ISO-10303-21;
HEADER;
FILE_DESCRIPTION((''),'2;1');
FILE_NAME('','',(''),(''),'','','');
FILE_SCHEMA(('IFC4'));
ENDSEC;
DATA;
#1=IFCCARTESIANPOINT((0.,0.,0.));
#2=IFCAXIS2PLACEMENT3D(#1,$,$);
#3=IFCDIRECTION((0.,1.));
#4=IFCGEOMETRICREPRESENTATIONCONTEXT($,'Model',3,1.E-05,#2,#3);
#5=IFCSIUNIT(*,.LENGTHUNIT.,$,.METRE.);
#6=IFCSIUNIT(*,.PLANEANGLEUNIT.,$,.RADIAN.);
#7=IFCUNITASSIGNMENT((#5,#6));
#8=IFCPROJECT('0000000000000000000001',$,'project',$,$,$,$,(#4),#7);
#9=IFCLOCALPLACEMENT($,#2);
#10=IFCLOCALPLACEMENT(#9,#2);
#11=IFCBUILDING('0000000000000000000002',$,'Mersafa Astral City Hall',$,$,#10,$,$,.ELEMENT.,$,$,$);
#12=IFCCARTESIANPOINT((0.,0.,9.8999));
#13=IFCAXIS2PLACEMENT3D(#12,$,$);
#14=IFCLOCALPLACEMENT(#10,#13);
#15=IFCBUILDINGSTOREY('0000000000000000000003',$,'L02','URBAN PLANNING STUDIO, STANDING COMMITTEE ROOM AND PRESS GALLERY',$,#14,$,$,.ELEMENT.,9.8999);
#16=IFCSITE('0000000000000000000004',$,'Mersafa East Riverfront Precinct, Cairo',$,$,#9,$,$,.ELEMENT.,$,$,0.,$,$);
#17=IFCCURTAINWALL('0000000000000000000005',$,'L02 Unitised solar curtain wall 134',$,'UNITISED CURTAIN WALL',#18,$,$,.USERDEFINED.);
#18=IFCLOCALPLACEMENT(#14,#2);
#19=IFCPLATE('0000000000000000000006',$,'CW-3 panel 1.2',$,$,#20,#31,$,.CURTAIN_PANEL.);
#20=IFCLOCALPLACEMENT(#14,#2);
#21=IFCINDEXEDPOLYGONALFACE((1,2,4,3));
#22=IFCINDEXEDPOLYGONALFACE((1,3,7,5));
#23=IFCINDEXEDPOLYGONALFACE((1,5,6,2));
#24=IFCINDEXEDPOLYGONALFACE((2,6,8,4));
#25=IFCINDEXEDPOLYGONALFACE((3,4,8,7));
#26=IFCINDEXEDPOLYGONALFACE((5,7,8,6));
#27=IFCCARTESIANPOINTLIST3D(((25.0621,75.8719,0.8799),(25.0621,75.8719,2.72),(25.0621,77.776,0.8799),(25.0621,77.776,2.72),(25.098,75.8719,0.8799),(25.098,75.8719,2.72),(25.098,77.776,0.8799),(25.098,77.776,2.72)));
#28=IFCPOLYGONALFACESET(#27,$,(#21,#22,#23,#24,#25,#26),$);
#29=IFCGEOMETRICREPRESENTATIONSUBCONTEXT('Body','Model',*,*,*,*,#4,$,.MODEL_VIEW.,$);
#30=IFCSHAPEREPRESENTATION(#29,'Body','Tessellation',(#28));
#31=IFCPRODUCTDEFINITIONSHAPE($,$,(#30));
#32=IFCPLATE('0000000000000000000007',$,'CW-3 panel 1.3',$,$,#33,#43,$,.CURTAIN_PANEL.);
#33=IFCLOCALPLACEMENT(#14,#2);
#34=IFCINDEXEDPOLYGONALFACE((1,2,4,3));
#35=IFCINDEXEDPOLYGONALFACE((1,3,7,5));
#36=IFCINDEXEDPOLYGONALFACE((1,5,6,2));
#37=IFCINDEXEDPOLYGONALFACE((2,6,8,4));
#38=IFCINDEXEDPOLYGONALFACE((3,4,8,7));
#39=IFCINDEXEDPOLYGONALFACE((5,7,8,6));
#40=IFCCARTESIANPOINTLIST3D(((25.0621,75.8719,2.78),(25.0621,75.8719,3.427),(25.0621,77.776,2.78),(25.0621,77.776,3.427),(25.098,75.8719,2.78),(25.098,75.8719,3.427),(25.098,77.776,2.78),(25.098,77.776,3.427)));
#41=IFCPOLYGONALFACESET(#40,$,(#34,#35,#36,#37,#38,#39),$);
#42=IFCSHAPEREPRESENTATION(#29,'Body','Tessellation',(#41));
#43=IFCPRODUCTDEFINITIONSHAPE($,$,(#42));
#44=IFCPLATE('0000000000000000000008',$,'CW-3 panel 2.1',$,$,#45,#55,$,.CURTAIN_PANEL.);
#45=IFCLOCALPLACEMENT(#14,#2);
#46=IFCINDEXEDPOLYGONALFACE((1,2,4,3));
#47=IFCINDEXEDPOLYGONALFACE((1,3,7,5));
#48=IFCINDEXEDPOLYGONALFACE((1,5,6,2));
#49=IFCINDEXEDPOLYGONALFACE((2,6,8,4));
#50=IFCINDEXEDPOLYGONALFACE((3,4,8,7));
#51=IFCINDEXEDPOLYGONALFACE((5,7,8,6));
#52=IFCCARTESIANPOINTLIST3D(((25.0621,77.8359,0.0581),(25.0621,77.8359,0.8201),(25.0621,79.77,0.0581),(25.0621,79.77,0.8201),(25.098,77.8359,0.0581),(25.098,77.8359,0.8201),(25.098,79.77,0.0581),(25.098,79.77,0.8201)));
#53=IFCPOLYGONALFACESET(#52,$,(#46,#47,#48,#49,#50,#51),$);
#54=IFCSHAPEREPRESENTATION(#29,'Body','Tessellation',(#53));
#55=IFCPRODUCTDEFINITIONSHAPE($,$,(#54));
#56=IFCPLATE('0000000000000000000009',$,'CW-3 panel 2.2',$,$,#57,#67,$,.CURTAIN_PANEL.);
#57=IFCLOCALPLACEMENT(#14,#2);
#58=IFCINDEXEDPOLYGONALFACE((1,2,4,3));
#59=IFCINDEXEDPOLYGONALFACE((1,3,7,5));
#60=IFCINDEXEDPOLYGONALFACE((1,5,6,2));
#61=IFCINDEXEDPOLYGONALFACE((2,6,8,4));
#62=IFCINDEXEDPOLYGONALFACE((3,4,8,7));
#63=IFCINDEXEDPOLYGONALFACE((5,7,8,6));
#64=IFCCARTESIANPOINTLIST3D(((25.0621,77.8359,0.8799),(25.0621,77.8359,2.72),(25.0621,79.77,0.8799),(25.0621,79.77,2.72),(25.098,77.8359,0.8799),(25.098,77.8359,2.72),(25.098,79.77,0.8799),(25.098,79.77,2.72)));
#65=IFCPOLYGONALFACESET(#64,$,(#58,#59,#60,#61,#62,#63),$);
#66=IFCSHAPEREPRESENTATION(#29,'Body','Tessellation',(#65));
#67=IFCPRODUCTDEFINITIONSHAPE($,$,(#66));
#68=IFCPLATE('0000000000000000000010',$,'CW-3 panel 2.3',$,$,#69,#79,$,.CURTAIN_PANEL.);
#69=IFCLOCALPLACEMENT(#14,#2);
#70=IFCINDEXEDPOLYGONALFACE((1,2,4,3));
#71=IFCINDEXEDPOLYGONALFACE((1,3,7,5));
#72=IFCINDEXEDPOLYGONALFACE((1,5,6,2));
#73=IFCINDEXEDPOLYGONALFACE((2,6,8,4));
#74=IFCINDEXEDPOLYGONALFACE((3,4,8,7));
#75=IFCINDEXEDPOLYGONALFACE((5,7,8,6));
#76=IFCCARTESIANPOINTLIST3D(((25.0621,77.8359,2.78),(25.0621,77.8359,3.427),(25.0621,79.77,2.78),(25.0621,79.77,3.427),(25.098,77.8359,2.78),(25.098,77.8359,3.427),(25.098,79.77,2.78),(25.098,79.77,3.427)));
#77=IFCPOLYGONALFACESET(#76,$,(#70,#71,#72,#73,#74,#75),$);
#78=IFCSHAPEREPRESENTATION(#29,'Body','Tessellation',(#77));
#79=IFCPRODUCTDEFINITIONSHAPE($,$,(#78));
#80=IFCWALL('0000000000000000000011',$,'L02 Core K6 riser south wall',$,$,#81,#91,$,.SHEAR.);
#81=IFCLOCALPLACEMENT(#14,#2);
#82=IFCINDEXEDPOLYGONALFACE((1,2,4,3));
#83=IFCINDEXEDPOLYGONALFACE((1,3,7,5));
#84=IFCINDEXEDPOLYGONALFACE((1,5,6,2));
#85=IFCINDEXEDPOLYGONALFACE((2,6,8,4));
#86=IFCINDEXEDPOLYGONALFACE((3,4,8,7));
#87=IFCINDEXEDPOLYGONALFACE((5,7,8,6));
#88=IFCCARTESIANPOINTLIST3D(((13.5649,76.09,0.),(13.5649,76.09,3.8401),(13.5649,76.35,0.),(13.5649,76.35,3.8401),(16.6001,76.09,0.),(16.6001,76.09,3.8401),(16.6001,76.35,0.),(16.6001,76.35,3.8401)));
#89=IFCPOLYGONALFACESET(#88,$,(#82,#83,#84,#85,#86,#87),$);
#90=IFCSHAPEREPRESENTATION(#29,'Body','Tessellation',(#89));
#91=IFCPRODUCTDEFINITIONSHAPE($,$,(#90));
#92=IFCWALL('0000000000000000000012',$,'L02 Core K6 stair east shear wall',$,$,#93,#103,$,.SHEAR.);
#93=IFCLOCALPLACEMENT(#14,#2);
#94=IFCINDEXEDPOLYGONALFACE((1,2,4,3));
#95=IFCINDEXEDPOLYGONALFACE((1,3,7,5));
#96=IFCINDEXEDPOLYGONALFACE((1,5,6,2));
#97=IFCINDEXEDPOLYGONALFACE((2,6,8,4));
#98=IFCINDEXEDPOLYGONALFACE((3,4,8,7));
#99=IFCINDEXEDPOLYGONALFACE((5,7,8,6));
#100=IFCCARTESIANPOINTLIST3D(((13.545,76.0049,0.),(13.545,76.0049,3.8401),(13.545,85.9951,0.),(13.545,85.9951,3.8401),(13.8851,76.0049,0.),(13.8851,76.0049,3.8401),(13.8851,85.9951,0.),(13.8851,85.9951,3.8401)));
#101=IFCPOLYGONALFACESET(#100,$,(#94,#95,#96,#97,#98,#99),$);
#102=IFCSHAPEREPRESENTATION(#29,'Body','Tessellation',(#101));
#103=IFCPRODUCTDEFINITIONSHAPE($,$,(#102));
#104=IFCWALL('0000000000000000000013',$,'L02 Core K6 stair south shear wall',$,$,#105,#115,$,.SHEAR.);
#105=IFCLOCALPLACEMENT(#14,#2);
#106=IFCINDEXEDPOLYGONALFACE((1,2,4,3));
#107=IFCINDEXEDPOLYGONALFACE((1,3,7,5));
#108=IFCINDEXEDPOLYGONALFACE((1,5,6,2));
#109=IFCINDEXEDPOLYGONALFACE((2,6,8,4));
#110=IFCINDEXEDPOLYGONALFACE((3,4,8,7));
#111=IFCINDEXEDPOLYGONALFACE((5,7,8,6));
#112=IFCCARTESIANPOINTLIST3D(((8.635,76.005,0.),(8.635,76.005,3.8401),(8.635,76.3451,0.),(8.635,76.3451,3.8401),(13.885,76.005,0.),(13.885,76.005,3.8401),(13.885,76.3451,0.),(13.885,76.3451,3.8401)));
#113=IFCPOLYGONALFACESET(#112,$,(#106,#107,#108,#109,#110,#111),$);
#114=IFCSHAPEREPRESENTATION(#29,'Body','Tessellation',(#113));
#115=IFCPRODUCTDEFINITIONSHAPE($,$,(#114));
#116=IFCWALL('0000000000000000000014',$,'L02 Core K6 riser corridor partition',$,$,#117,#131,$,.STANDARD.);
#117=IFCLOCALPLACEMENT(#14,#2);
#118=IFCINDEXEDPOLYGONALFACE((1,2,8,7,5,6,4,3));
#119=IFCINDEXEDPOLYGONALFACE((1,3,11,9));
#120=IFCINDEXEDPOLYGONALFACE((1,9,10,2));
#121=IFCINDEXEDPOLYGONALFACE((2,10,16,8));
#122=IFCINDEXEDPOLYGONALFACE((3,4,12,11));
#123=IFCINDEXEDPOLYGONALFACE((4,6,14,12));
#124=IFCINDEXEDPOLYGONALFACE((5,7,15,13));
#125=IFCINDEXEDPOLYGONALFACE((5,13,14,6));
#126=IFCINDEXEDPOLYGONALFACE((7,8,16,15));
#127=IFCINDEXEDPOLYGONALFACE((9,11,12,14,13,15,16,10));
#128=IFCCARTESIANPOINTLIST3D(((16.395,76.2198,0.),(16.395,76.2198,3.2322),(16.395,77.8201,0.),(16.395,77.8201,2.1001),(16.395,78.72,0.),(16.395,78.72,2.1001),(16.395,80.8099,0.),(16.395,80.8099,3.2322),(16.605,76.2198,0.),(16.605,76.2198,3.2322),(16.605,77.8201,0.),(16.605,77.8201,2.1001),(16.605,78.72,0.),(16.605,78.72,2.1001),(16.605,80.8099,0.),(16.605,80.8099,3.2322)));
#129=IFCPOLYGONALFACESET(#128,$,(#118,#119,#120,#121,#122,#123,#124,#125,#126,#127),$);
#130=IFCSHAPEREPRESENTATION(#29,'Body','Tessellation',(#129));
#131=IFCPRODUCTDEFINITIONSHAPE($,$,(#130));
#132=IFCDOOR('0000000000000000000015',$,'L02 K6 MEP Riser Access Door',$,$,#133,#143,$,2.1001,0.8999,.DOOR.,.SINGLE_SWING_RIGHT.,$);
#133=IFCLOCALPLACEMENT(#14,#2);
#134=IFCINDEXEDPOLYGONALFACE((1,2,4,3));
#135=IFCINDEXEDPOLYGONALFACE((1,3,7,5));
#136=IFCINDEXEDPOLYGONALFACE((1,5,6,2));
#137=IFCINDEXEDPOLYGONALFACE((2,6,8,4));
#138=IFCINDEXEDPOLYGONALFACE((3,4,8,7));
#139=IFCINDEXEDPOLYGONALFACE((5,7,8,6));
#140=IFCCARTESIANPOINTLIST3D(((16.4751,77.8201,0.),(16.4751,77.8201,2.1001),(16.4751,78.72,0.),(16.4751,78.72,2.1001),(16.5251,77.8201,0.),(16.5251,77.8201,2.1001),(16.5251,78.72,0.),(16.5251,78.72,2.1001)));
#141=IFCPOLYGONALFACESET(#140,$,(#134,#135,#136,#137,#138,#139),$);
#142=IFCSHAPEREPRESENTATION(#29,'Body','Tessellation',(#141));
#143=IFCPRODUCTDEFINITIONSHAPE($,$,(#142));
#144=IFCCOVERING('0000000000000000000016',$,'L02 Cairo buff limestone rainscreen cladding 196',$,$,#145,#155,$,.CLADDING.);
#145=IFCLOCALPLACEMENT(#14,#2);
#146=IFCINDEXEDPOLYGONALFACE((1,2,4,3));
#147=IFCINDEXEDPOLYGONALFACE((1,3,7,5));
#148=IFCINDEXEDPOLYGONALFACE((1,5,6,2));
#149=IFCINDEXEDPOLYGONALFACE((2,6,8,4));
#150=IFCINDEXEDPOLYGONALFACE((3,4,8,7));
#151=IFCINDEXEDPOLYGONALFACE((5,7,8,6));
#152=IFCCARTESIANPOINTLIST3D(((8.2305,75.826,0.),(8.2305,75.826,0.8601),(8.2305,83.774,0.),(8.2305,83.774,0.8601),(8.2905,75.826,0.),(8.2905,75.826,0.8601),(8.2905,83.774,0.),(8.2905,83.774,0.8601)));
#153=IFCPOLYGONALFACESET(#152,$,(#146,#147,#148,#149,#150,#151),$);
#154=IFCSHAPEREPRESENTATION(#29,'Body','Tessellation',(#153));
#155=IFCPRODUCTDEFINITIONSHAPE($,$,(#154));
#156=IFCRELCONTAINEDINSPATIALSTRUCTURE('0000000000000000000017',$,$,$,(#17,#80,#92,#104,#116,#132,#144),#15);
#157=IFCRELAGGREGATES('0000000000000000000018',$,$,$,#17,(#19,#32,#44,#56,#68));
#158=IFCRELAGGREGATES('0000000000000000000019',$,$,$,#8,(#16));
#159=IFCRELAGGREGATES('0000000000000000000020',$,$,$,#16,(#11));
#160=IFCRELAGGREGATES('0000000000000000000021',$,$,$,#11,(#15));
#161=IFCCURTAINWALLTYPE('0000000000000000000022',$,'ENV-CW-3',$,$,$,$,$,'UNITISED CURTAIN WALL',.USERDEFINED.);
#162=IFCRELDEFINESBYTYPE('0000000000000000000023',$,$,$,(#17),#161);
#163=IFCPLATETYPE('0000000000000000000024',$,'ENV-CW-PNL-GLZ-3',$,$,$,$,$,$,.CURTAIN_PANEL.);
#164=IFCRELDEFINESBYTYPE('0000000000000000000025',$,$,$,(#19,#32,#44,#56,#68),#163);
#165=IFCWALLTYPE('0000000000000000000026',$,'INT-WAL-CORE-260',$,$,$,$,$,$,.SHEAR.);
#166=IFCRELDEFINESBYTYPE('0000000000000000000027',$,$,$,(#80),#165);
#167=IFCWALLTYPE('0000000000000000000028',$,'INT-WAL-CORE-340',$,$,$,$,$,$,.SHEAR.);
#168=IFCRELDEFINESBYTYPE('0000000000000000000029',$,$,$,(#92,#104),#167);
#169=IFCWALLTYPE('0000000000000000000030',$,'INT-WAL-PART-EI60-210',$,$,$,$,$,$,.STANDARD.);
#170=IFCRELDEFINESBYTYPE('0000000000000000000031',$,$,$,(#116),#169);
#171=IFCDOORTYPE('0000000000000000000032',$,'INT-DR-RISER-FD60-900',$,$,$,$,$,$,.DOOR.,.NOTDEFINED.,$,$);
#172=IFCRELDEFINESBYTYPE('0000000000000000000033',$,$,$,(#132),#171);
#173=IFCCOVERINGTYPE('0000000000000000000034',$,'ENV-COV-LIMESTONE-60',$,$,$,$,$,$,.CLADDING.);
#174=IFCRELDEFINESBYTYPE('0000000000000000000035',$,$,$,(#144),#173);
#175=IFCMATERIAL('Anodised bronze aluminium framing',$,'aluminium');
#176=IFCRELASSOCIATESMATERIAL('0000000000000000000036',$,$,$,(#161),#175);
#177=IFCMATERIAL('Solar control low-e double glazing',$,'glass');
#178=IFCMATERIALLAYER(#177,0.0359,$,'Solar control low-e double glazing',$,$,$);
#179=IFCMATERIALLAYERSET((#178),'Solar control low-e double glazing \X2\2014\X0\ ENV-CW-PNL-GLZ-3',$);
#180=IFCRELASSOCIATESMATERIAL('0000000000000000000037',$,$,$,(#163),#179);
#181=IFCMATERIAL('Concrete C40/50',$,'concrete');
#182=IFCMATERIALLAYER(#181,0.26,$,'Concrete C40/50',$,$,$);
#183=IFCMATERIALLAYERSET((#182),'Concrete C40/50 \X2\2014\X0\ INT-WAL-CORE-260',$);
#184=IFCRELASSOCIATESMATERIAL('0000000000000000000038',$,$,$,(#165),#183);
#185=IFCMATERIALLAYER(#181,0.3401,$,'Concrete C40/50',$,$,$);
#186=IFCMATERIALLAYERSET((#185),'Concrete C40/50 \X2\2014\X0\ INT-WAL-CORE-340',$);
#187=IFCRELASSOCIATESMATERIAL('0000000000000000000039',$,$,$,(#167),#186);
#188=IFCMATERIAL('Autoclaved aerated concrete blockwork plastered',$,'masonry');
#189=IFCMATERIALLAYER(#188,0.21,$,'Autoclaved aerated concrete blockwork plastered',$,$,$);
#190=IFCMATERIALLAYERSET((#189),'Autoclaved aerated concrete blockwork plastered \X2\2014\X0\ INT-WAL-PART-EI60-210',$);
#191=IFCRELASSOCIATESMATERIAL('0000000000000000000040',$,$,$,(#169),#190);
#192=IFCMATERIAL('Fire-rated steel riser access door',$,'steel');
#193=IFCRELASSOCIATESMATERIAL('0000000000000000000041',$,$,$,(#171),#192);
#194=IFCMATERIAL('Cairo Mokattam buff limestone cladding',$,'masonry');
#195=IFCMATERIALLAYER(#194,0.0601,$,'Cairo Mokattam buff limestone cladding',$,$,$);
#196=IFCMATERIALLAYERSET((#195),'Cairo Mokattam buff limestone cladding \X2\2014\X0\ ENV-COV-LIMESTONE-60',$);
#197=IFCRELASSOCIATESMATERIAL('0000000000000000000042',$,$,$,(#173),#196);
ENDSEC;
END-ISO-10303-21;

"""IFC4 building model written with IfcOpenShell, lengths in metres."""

from ifc_helpers import new_model, si_unit, direction, frame, frame_2d, origin, origin_2d, place, context, subcontext, project, spatial, rectangle, extrude, material, layer, layer_set, type_object, element, fill, aggregate, save


model = new_model("IFC4")

# Units and contexts
model_context = context("Model", 3, precision=1e-05, world=origin(), true_north=direction((0.0, 1.0)))
body_context = subcontext(model_context, "Body", "Model", "MODEL_VIEW")
ifc_project = project(units=[si_unit("LENGTHUNIT", "METRE"), si_unit("PLANEANGLEUNIT", "RADIAN")], contexts=[model_context])

# Site, building, storey
site_placement = place(None, origin())
site = spatial("IfcSite", under=ifc_project, at=site_placement, Name="Mersafa East Riverfront Precinct, Cairo", CompositionType="ELEMENT", RefElevation=0.0)
building_placement = place(site_placement, origin())
building = spatial("IfcBuilding", under=site, at=building_placement, Name="Mersafa Astral City Hall", CompositionType="ELEMENT")
storey_placement = place(building_placement, frame((0.0, 0.0, 9.8999)))
storey = spatial("IfcBuildingStorey", under=building, at=storey_placement, Name="L02", Description="URBAN PLANNING STUDIO, STANDING COMMITTEE ROOM AND PRESS GALLERY", CompositionType="ELEMENT", Elevation=9.8999)

# Curtain wall, plates
ifc_material_1 = material(Name="Anodised bronze aluminium framing", Category="aluminium")
curtain_wall_type = type_object("IfcCurtainWallType", Name="ENV-CW-3", ElementType="UNITISED CURTAIN WALL", PredefinedType="USERDEFINED", material=ifc_material_1)
curtain_wall_placement = place(storey_placement, origin())
curtain_wall = element("IfcCurtainWall", 1, at=curtain_wall_placement, inside=storey, type_object=curtain_wall_type, Name="L02 Unitised solar curtain wall 134", ObjectType="UNITISED CURTAIN WALL", PredefinedType="USERDEFINED")
ifc_material_2 = material(Name="Solar control low-e double glazing", Category="glass")
ifc_layer_1 = layer(ifc_material_2, 0.0359, Name="Solar control low-e double glazing")
ifc_layer_set_1 = layer_set([ifc_layer_1], Name="Solar control low-e double glazing — ENV-CW-PNL-GLZ-3")
plate_type = type_object("IfcPlateType", Name="ENV-CW-PNL-GLZ-3", PredefinedType="CURTAIN_PANEL", material=ifc_layer_set_1)
plate_1_placement = place(storey_placement, frame((25.0801, 76.824, 0.8799), z_axis=(0.0, 0.0, 1.0), x_axis=(0.0, 1.0, 0.0)))
plate_1 = element("IfcPlate", 2, at=plate_1_placement, type_object=plate_type, Name="CW-3 panel 1.2", PredefinedType="CURTAIN_PANEL", context=body_context, shape_type="SweptSolid", body=[
    extrude(rectangle(XDim=1.9041, YDim=0.0359, at=origin_2d()), origin(), (0.0, 0.0, 1.0), 1.8401),
])
plate_2_placement = place(storey_placement, frame((25.0801, 76.824, 2.78), z_axis=(0.0, 0.0, 1.0), x_axis=(0.0, 1.0, 0.0)))
plate_2 = element("IfcPlate", 3, at=plate_2_placement, type_object=plate_type, Name="CW-3 panel 1.3", PredefinedType="CURTAIN_PANEL", context=body_context, shape_type="SweptSolid", body=[
    extrude(rectangle(XDim=1.9041, YDim=0.0359, at=origin_2d()), origin(), (0.0, 0.0, 1.0), 0.647),
])
plate_3_placement = place(storey_placement, frame((25.0801, 78.803, 0.0581), z_axis=(0.0, 0.0, 1.0), x_axis=(0.0, 1.0, 0.0)))
plate_3 = element("IfcPlate", 4, at=plate_3_placement, type_object=plate_type, Name="CW-3 panel 2.1", PredefinedType="CURTAIN_PANEL", context=body_context, shape_type="SweptSolid", body=[
    extrude(rectangle(XDim=1.9341, YDim=0.0359, at=origin_2d()), origin(), (0.0, 0.0, 1.0), 0.762),
])
plate_4_placement = place(storey_placement, frame((25.0801, 78.803, 0.8799), z_axis=(0.0, 0.0, 1.0), x_axis=(0.0, 1.0, 0.0)))
plate_4 = element("IfcPlate", 5, at=plate_4_placement, type_object=plate_type, Name="CW-3 panel 2.2", PredefinedType="CURTAIN_PANEL", context=body_context, shape_type="SweptSolid", body=[
    extrude(rectangle(XDim=1.9341, YDim=0.0359, at=origin_2d()), origin(), (0.0, 0.0, 1.0), 1.8401),
])
plate_5_placement = place(storey_placement, frame((25.0801, 78.803, 2.78), z_axis=(0.0, 0.0, 1.0), x_axis=(0.0, 1.0, 0.0)))
plate_5 = element("IfcPlate", 6, at=plate_5_placement, type_object=plate_type, Name="CW-3 panel 2.3", PredefinedType="CURTAIN_PANEL", context=body_context, shape_type="SweptSolid", body=[
    extrude(rectangle(XDim=1.9341, YDim=0.0359, at=origin_2d()), origin(), (0.0, 0.0, 1.0), 0.647),
])
aggregate(curtain_wall, [plate_1, plate_2, plate_3, plate_4, plate_5])

# Walls
ifc_material_3 = material(Name="Concrete C40/50", Category="concrete")
ifc_layer_2 = layer(ifc_material_3, 0.26, Name="Concrete C40/50")
ifc_layer_set_2 = layer_set([ifc_layer_2], Name="Concrete C40/50 — INT-WAL-CORE-260")
wall_type_1 = type_object("IfcWallType", Name="INT-WAL-CORE-260", PredefinedType="SHEAR", material=ifc_layer_set_2)
wall_1_placement = place(storey_placement, frame((13.5649, 76.22, 0.0), z_axis=(0.0, 0.0, 1.0), x_axis=(1.0, 0.0, 0.0)))
element("IfcWall", 7, at=wall_1_placement, inside=storey, type_object=wall_type_1, Name="L02 Core K6 riser south wall", PredefinedType="SHEAR", context=body_context, shape_type="SweptSolid", body=[
    extrude(rectangle(XDim=3.0352, YDim=0.26, at=frame_2d((1.5176, 0.0))), origin(), (0.0, 0.0, 1.0), 3.8401),
])
ifc_layer_3 = layer(ifc_material_3, 0.3401, Name="Concrete C40/50")
ifc_layer_set_3 = layer_set([ifc_layer_3], Name="Concrete C40/50 — INT-WAL-CORE-340")
wall_type_2 = type_object("IfcWallType", Name="INT-WAL-CORE-340", PredefinedType="SHEAR", material=ifc_layer_set_3)
wall_2_placement = place(storey_placement, frame((13.7151, 76.0049, 0.0), z_axis=(0.0, 0.0, 1.0), x_axis=(0.0, 1.0, 0.0)))
element("IfcWall", 8, at=wall_2_placement, inside=storey, type_object=wall_type_2, Name="L02 Core K6 stair east shear wall", PredefinedType="SHEAR", context=body_context, shape_type="SweptSolid", body=[
    extrude(rectangle(XDim=9.9902, YDim=0.3401, at=frame_2d((4.9951, 0.0))), origin(), (0.0, 0.0, 1.0), 3.8401),
])
wall_3_placement = place(storey_placement, frame((8.635, 76.175, 0.0), z_axis=(0.0, 0.0, 1.0), x_axis=(1.0, 0.0, 0.0)))
element("IfcWall", 9, at=wall_3_placement, inside=storey, type_object=wall_type_2, Name="L02 Core K6 stair south shear wall", PredefinedType="SHEAR", context=body_context, shape_type="SweptSolid", body=[
    extrude(rectangle(XDim=5.25, YDim=0.3401, at=frame_2d((2.625, 0.0))), origin(), (0.0, 0.0, 1.0), 3.8401),
])

# Wall, opening, door
ifc_material_4 = material(Name="Autoclaved aerated concrete blockwork plastered", Category="masonry")
ifc_layer_4 = layer(ifc_material_4, 0.21, Name="Autoclaved aerated concrete blockwork plastered")
ifc_layer_set_4 = layer_set([ifc_layer_4], Name="Autoclaved aerated concrete blockwork plastered — INT-WAL-PART-EI60-210")
wall_type_3 = type_object("IfcWallType", Name="INT-WAL-PART-EI60-210", PredefinedType="STANDARD", material=ifc_layer_set_4)
wall_4_placement = place(storey_placement, frame((16.5, 76.22, 0.0), z_axis=(0.0, 0.0, 1.0), x_axis=(0.0, 1.0, 0.0)))
wall_4 = element("IfcWall", 10, at=wall_4_placement, inside=storey, type_object=wall_type_3, Name="L02 Core K6 riser corridor partition", PredefinedType="STANDARD", context=body_context, shape_type="SweptSolid", body=[
    extrude(rectangle(XDim=4.5901, YDim=0.21, at=frame_2d((2.2949, 0.0))), origin(), (0.0, 0.0, 1.0), 3.2322),
])
opening_placement = place(wall_4_placement, frame((1.6001, 0.0, 0.0)))
opening = element("IfcOpeningElement", 11, at=opening_placement, cuts=wall_4, PredefinedType="OPENING", context=body_context, shape_type="SweptSolid", body=[
    extrude(rectangle(XDim=0.8999, YDim=2.1001, at=frame_2d((0.45, 1.05))), frame((0.0, 0.115, 0.0), z_axis=(0.0, -1.0, 0.0), x_axis=(1.0, 0.0, 0.0)), (0.0, 0.0, 1.0), 0.23),
])
ifc_material_5 = material(Name="Fire-rated steel riser access door", Category="steel")
door_type = type_object("IfcDoorType", Name="INT-DR-RISER-FD60-900", OperationType="NOTDEFINED", PredefinedType="DOOR", material=ifc_material_5)
door_placement = place(opening_placement, origin())
door = element("IfcDoor", 12, at=door_placement, inside=storey, type_object=door_type, Name="L02 K6 MEP Riser Access Door", OperationType="SINGLE_SWING_RIGHT", OverallHeight=2.1001, OverallWidth=0.8999, PredefinedType="DOOR", context=body_context, shape_type="SweptSolid", body=[
    extrude(rectangle(XDim=0.8999, YDim=2.1001, at=frame_2d((0.45, 1.05))), frame((0.0, 0.0249, 0.0), z_axis=(0.0, -1.0, 0.0), x_axis=(1.0, 0.0, 0.0)), (0.0, 0.0, 1.0), 0.05),
])
fill(opening, door)

# Covering
ifc_material_6 = material(Name="Cairo Mokattam buff limestone cladding", Category="masonry")
ifc_layer_5 = layer(ifc_material_6, 0.0601, Name="Cairo Mokattam buff limestone cladding")
ifc_layer_set_5 = layer_set([ifc_layer_5], Name="Cairo Mokattam buff limestone cladding — ENV-COV-LIMESTONE-60")
covering_type = type_object("IfcCoveringType", Name="ENV-COV-LIMESTONE-60", PredefinedType="CLADDING", material=ifc_layer_set_5)
covering_placement = place(storey_placement, frame((8.2605, 79.8, 0.0), z_axis=(0.0, 0.0, 1.0), x_axis=(0.0, -1.0, 0.0)))
element("IfcCovering", 13, at=covering_placement, inside=storey, type_object=covering_type, Name="L02 Cairo buff limestone rainscreen cladding 196", PredefinedType="CLADDING", context=body_context, shape_type="SweptSolid", body=[
    extrude(rectangle(XDim=7.948, YDim=0.0601, at=origin_2d()), origin(), (0.0, 0.0, 1.0), 0.8601),
])

save(model, "model.ifc")
